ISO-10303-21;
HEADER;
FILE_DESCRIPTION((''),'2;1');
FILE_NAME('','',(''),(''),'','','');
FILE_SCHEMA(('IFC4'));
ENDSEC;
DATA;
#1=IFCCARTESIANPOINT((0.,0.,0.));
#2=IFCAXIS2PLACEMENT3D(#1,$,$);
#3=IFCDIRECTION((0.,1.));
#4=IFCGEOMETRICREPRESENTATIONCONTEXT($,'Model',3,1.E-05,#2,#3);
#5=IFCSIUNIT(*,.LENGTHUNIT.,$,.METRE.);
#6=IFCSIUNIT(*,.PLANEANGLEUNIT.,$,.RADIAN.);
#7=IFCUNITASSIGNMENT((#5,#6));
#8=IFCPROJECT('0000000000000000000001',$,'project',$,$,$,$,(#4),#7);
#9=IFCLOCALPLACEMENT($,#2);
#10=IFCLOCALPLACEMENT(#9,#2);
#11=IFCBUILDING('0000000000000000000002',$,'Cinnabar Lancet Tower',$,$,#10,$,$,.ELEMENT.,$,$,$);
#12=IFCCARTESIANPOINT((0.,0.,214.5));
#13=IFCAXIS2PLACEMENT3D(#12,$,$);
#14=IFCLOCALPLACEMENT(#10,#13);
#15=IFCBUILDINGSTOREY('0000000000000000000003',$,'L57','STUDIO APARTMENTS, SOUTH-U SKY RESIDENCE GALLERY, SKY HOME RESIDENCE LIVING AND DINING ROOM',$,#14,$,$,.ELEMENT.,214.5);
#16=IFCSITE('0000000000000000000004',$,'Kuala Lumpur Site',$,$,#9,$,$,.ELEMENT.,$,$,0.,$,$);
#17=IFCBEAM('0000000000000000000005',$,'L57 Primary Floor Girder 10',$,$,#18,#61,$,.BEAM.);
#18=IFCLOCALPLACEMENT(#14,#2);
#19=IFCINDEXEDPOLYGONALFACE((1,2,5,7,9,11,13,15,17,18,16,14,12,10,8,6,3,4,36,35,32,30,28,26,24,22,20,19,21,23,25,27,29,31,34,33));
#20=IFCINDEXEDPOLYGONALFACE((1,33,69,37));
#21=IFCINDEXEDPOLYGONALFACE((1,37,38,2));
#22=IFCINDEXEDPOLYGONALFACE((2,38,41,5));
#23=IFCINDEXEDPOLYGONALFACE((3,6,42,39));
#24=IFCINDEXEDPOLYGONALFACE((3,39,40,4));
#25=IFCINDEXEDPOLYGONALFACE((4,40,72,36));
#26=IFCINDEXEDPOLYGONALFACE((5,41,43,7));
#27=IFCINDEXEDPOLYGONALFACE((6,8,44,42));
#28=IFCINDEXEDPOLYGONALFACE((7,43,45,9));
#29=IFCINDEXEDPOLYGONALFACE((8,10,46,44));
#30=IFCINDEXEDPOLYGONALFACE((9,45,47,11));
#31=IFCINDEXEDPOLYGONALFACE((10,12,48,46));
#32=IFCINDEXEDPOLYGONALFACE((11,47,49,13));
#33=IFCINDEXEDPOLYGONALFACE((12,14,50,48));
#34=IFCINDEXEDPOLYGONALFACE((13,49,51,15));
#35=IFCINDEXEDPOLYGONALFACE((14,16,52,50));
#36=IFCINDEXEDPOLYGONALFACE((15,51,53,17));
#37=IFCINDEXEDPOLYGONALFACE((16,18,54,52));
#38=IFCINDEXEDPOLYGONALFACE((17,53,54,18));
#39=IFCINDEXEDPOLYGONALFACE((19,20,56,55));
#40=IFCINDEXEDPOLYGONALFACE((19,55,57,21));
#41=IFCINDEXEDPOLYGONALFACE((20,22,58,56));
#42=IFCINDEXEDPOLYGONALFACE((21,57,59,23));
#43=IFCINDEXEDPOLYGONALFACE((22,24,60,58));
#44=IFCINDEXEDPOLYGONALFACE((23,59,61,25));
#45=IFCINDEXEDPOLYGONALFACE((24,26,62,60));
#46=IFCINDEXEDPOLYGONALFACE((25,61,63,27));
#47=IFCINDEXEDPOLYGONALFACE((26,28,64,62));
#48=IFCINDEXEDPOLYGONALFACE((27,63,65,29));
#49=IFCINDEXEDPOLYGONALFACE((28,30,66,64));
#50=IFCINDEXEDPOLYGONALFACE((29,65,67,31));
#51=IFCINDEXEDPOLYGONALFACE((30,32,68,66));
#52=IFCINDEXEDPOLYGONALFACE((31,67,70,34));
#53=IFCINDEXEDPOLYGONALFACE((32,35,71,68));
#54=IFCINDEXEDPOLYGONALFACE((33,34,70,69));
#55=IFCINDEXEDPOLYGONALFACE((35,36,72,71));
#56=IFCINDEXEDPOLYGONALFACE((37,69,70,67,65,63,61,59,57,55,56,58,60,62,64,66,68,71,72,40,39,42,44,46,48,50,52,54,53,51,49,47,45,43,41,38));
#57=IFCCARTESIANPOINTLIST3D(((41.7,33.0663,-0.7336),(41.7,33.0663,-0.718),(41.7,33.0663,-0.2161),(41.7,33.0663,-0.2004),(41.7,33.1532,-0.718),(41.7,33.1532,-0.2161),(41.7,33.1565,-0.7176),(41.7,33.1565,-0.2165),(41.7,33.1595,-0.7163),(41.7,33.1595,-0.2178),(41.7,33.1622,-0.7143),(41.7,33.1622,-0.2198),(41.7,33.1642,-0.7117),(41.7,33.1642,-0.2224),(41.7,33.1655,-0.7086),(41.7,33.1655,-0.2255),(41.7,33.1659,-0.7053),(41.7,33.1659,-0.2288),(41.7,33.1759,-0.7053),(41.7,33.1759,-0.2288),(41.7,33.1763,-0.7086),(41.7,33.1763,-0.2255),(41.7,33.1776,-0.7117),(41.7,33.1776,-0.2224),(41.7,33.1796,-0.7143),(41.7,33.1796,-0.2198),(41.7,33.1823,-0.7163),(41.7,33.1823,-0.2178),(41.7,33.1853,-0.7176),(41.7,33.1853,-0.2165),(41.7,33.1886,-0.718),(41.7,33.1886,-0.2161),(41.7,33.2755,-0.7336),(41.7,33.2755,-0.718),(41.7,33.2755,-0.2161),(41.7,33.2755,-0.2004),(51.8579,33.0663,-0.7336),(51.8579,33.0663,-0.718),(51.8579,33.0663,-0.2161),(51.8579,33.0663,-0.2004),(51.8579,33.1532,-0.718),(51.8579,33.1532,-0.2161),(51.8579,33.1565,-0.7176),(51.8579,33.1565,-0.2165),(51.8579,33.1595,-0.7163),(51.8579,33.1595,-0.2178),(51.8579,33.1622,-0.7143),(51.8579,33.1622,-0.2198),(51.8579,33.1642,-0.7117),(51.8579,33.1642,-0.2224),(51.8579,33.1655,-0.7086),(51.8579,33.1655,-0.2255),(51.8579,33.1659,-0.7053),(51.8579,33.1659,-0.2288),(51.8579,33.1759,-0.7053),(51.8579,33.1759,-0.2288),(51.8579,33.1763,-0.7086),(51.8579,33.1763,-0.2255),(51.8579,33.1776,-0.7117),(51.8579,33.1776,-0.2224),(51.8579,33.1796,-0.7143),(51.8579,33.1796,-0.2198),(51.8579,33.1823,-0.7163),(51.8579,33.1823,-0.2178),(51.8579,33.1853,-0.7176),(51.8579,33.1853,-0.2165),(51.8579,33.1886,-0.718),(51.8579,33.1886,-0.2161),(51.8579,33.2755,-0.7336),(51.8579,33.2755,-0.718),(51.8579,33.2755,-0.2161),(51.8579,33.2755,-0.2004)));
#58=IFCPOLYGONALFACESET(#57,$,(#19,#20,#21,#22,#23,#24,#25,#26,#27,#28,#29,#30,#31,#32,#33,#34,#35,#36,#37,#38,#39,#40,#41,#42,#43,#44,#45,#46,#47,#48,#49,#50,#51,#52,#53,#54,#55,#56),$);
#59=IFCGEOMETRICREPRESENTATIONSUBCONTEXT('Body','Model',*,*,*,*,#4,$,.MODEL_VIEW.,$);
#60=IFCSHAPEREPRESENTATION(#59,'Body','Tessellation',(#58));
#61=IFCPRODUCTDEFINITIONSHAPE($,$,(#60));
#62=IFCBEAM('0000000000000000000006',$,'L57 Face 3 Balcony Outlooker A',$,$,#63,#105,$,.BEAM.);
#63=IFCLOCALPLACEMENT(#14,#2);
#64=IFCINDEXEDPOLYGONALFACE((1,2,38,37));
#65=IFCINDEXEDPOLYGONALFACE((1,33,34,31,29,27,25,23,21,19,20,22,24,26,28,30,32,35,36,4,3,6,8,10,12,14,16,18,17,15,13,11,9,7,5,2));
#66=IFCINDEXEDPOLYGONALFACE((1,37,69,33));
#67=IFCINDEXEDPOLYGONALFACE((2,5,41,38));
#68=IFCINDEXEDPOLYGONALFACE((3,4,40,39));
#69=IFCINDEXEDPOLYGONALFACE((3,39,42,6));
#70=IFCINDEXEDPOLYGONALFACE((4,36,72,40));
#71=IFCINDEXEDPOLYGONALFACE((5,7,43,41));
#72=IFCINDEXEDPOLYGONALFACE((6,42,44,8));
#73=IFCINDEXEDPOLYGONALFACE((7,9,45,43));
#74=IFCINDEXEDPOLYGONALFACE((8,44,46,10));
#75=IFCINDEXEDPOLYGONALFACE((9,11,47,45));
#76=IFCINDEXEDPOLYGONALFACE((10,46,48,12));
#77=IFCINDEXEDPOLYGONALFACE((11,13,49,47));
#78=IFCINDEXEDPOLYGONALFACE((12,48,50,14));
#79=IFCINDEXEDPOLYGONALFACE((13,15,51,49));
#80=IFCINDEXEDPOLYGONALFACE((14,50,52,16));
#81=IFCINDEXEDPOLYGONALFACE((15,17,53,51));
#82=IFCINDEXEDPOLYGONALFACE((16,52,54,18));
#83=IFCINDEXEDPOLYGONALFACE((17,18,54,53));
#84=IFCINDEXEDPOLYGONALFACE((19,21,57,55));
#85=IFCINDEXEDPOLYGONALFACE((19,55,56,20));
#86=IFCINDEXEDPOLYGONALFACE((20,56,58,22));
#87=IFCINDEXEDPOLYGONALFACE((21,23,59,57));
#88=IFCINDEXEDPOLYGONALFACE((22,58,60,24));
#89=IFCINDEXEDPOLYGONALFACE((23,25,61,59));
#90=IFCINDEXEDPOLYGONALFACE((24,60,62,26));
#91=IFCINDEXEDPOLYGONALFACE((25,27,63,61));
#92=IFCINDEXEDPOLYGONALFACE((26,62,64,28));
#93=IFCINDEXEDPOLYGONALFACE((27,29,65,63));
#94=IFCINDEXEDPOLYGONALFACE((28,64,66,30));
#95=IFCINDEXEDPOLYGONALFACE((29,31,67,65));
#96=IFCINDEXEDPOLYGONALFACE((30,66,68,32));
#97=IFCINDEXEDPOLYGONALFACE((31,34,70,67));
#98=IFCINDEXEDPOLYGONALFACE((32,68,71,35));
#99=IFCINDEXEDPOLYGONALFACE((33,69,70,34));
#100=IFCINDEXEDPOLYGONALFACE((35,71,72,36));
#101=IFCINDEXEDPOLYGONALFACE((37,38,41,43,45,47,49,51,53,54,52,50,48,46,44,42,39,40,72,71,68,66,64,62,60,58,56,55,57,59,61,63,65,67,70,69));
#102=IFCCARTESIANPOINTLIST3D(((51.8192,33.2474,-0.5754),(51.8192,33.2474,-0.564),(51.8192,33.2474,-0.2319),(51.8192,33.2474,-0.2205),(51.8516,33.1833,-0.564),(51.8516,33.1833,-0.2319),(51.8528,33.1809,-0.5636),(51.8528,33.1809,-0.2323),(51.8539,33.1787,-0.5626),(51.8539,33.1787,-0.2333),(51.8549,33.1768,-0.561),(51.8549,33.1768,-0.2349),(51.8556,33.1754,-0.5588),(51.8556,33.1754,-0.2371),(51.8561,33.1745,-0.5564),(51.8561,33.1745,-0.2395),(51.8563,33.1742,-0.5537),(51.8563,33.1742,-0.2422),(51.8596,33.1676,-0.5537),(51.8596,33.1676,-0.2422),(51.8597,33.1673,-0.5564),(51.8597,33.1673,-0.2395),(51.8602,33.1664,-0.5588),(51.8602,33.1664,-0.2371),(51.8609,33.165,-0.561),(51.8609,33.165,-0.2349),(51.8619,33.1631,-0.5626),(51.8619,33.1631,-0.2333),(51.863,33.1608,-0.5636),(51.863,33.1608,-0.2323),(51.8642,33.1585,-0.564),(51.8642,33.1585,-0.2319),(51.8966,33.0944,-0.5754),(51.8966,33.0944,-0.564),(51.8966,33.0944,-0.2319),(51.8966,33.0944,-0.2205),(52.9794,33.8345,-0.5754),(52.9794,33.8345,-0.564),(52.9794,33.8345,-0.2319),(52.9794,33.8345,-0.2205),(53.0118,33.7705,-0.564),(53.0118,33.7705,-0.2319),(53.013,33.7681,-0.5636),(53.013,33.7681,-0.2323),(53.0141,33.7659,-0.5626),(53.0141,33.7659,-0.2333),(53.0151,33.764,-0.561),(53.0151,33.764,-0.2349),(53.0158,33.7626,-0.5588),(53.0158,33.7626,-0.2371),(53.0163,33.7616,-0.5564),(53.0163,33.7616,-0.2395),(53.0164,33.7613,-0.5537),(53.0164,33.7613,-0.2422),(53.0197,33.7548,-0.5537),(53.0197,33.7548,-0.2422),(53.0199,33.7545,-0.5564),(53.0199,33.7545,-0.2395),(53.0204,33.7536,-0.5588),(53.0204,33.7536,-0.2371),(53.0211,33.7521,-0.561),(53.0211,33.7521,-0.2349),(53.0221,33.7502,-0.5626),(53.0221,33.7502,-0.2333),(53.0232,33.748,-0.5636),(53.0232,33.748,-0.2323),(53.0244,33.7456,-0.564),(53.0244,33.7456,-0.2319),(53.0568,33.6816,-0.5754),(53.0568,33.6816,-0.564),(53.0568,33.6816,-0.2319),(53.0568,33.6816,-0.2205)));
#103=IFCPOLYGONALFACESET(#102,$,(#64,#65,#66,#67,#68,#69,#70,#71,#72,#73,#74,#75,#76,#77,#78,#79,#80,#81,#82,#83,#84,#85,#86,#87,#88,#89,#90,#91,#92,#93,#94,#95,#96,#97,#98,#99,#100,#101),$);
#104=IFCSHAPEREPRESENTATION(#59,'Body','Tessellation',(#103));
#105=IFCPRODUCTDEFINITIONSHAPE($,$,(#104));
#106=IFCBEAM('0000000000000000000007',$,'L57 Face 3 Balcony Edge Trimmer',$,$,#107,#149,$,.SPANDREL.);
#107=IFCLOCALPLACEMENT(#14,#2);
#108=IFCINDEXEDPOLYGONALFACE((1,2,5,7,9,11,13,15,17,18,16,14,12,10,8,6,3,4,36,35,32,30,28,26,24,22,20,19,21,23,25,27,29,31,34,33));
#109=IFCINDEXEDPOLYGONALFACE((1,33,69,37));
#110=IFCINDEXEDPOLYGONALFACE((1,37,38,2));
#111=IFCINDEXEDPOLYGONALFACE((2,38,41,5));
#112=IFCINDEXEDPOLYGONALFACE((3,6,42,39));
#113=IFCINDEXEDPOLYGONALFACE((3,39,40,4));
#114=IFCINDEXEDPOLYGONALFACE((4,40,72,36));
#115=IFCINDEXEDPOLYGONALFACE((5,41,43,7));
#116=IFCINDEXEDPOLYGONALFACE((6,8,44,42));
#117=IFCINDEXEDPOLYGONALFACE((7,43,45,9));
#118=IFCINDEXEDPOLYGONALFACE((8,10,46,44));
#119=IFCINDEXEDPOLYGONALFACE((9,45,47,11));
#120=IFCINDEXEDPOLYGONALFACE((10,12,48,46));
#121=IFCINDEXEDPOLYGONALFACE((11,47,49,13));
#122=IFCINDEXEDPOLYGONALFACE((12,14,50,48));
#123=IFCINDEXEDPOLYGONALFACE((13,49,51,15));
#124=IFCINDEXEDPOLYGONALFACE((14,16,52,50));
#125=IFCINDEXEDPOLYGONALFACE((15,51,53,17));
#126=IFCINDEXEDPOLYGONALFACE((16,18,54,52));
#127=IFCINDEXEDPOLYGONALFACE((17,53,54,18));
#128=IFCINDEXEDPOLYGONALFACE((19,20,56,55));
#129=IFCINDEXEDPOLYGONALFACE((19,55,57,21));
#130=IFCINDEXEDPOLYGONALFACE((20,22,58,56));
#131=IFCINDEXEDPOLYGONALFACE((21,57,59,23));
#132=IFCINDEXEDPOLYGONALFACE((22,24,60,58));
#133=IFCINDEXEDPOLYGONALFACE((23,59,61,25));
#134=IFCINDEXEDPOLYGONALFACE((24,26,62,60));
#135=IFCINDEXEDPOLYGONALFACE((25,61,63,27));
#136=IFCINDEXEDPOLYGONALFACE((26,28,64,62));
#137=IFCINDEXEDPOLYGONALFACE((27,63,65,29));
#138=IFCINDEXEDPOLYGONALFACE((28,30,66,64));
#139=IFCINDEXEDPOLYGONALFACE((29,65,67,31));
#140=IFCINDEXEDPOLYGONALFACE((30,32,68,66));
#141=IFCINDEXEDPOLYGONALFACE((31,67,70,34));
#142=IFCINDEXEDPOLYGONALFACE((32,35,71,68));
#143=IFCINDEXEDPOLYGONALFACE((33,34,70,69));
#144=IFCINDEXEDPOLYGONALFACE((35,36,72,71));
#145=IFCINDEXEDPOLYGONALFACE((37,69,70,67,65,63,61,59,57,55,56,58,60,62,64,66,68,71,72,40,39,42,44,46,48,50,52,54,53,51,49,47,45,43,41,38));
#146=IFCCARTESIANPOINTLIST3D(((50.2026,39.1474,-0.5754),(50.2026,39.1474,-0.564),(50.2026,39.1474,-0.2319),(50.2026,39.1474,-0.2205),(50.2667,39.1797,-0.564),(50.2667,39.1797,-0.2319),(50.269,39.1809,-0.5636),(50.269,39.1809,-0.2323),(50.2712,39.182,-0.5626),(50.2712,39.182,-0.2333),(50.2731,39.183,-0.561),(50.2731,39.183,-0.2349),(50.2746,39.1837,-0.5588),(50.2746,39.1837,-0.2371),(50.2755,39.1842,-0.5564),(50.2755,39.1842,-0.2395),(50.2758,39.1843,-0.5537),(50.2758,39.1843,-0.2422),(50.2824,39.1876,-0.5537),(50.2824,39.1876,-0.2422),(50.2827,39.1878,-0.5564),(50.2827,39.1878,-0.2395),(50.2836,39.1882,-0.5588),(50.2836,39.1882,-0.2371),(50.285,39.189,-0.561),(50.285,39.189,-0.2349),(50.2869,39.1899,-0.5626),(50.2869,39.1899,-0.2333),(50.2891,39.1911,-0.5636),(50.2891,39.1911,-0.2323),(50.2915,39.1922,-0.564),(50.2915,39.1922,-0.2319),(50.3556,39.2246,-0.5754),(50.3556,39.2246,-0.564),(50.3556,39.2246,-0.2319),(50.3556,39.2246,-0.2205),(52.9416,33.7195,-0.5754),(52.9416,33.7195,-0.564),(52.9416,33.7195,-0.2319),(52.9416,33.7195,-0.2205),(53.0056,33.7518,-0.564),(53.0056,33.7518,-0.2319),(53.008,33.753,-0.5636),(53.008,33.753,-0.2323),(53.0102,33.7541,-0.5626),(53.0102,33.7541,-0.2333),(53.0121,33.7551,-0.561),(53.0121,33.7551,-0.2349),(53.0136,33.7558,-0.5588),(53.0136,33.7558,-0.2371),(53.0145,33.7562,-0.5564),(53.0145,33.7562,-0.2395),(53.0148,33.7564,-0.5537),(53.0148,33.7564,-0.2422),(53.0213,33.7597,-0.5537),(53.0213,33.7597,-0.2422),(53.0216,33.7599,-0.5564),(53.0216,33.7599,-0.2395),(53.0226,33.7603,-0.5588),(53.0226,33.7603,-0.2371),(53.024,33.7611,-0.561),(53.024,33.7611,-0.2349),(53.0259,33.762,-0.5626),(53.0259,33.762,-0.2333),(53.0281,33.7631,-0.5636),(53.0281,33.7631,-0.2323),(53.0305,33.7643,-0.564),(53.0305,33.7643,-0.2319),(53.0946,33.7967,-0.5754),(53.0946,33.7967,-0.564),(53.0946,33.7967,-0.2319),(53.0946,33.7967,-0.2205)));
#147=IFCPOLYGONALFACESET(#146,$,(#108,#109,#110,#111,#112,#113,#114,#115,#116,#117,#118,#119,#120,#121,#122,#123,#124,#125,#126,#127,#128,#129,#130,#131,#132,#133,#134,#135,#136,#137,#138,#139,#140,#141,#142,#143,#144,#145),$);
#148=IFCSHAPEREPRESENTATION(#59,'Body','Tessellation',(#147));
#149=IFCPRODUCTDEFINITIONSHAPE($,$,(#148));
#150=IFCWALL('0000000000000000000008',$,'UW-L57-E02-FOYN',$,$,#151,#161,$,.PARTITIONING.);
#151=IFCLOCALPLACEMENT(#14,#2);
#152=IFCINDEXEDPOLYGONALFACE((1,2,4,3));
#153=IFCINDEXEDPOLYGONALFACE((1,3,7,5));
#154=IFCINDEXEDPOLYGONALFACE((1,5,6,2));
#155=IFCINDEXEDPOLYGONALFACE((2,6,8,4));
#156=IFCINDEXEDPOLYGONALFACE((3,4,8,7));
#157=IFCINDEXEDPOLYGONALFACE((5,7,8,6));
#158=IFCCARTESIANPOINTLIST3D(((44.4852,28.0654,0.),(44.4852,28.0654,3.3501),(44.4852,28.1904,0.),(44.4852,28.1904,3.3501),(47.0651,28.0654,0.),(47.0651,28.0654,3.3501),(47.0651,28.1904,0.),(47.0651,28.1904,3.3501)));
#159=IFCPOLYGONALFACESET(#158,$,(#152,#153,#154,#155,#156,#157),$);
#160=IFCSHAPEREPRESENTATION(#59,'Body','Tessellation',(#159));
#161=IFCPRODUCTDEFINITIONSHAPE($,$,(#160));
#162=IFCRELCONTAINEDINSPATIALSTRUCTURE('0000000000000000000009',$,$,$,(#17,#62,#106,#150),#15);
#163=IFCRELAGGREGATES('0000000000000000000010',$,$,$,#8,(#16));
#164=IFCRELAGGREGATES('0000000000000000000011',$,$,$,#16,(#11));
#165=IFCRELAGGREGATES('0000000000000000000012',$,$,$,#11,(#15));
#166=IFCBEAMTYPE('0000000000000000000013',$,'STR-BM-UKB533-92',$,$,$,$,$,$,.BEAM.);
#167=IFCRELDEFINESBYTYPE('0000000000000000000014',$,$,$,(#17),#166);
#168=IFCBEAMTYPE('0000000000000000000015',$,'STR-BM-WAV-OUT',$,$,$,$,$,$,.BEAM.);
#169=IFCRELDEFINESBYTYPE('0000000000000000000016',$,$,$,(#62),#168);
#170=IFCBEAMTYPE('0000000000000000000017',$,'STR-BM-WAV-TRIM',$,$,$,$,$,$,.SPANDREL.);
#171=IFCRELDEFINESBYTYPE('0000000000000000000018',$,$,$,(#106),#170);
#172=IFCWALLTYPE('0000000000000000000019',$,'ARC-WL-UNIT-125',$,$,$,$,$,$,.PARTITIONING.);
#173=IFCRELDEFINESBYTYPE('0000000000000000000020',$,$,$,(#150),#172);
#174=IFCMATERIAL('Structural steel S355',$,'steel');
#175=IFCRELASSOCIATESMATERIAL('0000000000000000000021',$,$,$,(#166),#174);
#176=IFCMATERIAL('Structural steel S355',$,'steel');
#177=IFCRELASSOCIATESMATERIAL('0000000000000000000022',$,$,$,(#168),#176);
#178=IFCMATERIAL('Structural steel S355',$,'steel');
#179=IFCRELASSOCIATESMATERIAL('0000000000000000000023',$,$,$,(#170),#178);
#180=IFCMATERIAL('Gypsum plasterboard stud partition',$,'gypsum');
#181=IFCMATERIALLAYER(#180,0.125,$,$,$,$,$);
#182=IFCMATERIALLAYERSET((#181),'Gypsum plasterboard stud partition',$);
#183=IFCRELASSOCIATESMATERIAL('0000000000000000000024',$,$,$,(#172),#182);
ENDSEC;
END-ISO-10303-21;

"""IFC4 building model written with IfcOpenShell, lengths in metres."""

from ifc_helpers import new_model, si_unit, direction, frame, frame_2d, origin, origin_2d, place, context, subcontext, project, spatial, rectangle, i_section, extrude, material, layer, layer_set, material_profile, profile_set, type_object, element, save


model = new_model("IFC4")

# Units and contexts
model_context = context("Model", 3, precision=1e-05, world=origin(), true_north=direction((0.0, 1.0)))
body_context = subcontext(model_context, "Body", "Model", "MODEL_VIEW")
ifc_project = project(units=[si_unit("LENGTHUNIT", "METRE"), si_unit("PLANEANGLEUNIT", "RADIAN")], contexts=[model_context])

# Site, building, storey
site_placement = place(None, origin())
site = spatial("IfcSite", under=ifc_project, at=site_placement, Name="Kuala Lumpur Site", CompositionType="ELEMENT", RefElevation=0.0)
building_placement = place(site_placement, origin())
building = spatial("IfcBuilding", under=site, at=building_placement, Name="Cinnabar Lancet Tower", CompositionType="ELEMENT")
storey_placement = place(building_placement, frame((0.0, 0.0, 214.5)))
storey = spatial("IfcBuildingStorey", under=building, at=storey_placement, Name="L57", Description="STUDIO APARTMENTS, SOUTH-U SKY RESIDENCE GALLERY, SKY HOME RESIDENCE LIVING AND DINING ROOM", CompositionType="ELEMENT", Elevation=214.5)

# Beams
ifc_material_1 = material(Name="Structural steel S355", Category="steel")
ifc_material_profile_1 = material_profile(ifc_material_1, i_section(OverallWidth=0.2092, OverallDepth=0.5332, WebThickness=0.01, FlangeThickness=0.0156, FilletRadius=0.0127, at=origin_2d()), Name="UKB 533x210x92")
ifc_profile_set_1 = profile_set([ifc_material_profile_1], Name="Structural steel S355")
beam_type_1 = type_object("IfcBeamType", Name="STR-BM-UKB533-92", PredefinedType="BEAM", material=ifc_profile_set_1)
beam_1_placement = place(storey_placement, frame((51.8579, 33.1709, -0.467), z_axis=(-1.0, 0.0, 0.0), x_axis=(0.0, -1.0, 0.0)))
element("IfcBeam", 1, at=beam_1_placement, inside=storey, type_object=beam_type_1, Name="L57 Primary Floor Girder 10", PredefinedType="BEAM", context=body_context, shape_type="SweptSolid", body=[
    extrude(i_section(OverallWidth=0.2092, OverallDepth=0.5332, WebThickness=0.01, FlangeThickness=0.0156, FilletRadius=0.0127, at=origin_2d()), origin(), (0.0, 0.0, 1.0), 10.158),
])
ifc_material_2 = material(Name="Structural steel S355", Category="steel")
ifc_material_profile_2 = material_profile(ifc_material_2, i_section(OverallWidth=0.1714, OverallDepth=0.355, WebThickness=0.0073, FlangeThickness=0.0115, FilletRadius=0.0103, at=origin_2d()), Name="UKB 356x171x51")
ifc_profile_set_2 = profile_set([ifc_material_profile_2], Name="Structural steel S355")
beam_type_2 = type_object("IfcBeamType", Name="STR-BM-WAV-OUT", PredefinedType="BEAM", material=ifc_profile_set_2)
beam_2_placement = place(storey_placement, frame((51.8579, 33.1709, -0.3979), z_axis=(0.892239, 0.451564, 0.0), x_axis=(-0.451564, 0.892239, 0.0)))
element("IfcBeam", 2, at=beam_2_placement, inside=storey, type_object=beam_type_2, Name="L57 Face 3 Balcony Outlooker A", PredefinedType="BEAM", context=body_context, shape_type="SweptSolid", body=[
    extrude(i_section(OverallWidth=0.1714, OverallDepth=0.355, WebThickness=0.0073, FlangeThickness=0.0115, FilletRadius=0.0103, at=origin_2d()), origin(), (0.0, 0.0, 1.0), 1.3003),
])
ifc_material_3 = material(Name="Structural steel S355", Category="steel")
ifc_material_profile_3 = material_profile(ifc_material_3, i_section(OverallWidth=0.1714, OverallDepth=0.355, WebThickness=0.0073, FlangeThickness=0.0115, FilletRadius=0.0103, at=origin_2d()), Name="UKB 356x171x51")
ifc_profile_set_3 = profile_set([ifc_material_profile_3], Name="Structural steel S355")
beam_type_3 = type_object("IfcBeamType", Name="STR-BM-WAV-TRIM", PredefinedType="SPANDREL", material=ifc_profile_set_3)
beam_3_placement = place(storey_placement, frame((53.0181, 33.7581, -0.3979), z_axis=(-0.450503, 0.892775, 0.0), x_axis=(-0.892775, -0.450503, 0.0)))
element("IfcBeam", 3, at=beam_3_placement, inside=storey, type_object=beam_type_3, Name="L57 Face 3 Balcony Edge Trimmer", PredefinedType="SPANDREL", context=body_context, shape_type="SweptSolid", body=[
    extrude(i_section(OverallWidth=0.1714, OverallDepth=0.355, WebThickness=0.0073, FlangeThickness=0.0115, FilletRadius=0.0103, at=origin_2d()), origin(), (0.0, 0.0, 1.0), 6.0798),
])

# Wall
ifc_material_4 = material(Name="Gypsum plasterboard stud partition", Category="gypsum")
ifc_layer_1 = layer(ifc_material_4, 0.125)
ifc_layer_set_1 = layer_set([ifc_layer_1], Name="Gypsum plasterboard stud partition")
wall_type_1 = type_object("IfcWallType", Name="ARC-WL-UNIT-125", PredefinedType="PARTITIONING", material=ifc_layer_set_1)
wall_1_placement = place(storey_placement, frame((44.4851, 28.1279, 0.0), z_axis=(0.0, 0.0, 1.0), x_axis=(1.0, 0.0, 0.0)))
element("IfcWall", 4, at=wall_1_placement, inside=storey, type_object=wall_type_1, Name="UW-L57-E02-FOYN", PredefinedType="PARTITIONING", context=body_context, shape_type="SweptSolid", body=[
    extrude(rectangle(XDim=2.5798, YDim=0.125, at=frame_2d((1.29, 0.0))), origin(), (0.0, 0.0, 1.0), 3.3501),
])

save(model, "model.ifc")
